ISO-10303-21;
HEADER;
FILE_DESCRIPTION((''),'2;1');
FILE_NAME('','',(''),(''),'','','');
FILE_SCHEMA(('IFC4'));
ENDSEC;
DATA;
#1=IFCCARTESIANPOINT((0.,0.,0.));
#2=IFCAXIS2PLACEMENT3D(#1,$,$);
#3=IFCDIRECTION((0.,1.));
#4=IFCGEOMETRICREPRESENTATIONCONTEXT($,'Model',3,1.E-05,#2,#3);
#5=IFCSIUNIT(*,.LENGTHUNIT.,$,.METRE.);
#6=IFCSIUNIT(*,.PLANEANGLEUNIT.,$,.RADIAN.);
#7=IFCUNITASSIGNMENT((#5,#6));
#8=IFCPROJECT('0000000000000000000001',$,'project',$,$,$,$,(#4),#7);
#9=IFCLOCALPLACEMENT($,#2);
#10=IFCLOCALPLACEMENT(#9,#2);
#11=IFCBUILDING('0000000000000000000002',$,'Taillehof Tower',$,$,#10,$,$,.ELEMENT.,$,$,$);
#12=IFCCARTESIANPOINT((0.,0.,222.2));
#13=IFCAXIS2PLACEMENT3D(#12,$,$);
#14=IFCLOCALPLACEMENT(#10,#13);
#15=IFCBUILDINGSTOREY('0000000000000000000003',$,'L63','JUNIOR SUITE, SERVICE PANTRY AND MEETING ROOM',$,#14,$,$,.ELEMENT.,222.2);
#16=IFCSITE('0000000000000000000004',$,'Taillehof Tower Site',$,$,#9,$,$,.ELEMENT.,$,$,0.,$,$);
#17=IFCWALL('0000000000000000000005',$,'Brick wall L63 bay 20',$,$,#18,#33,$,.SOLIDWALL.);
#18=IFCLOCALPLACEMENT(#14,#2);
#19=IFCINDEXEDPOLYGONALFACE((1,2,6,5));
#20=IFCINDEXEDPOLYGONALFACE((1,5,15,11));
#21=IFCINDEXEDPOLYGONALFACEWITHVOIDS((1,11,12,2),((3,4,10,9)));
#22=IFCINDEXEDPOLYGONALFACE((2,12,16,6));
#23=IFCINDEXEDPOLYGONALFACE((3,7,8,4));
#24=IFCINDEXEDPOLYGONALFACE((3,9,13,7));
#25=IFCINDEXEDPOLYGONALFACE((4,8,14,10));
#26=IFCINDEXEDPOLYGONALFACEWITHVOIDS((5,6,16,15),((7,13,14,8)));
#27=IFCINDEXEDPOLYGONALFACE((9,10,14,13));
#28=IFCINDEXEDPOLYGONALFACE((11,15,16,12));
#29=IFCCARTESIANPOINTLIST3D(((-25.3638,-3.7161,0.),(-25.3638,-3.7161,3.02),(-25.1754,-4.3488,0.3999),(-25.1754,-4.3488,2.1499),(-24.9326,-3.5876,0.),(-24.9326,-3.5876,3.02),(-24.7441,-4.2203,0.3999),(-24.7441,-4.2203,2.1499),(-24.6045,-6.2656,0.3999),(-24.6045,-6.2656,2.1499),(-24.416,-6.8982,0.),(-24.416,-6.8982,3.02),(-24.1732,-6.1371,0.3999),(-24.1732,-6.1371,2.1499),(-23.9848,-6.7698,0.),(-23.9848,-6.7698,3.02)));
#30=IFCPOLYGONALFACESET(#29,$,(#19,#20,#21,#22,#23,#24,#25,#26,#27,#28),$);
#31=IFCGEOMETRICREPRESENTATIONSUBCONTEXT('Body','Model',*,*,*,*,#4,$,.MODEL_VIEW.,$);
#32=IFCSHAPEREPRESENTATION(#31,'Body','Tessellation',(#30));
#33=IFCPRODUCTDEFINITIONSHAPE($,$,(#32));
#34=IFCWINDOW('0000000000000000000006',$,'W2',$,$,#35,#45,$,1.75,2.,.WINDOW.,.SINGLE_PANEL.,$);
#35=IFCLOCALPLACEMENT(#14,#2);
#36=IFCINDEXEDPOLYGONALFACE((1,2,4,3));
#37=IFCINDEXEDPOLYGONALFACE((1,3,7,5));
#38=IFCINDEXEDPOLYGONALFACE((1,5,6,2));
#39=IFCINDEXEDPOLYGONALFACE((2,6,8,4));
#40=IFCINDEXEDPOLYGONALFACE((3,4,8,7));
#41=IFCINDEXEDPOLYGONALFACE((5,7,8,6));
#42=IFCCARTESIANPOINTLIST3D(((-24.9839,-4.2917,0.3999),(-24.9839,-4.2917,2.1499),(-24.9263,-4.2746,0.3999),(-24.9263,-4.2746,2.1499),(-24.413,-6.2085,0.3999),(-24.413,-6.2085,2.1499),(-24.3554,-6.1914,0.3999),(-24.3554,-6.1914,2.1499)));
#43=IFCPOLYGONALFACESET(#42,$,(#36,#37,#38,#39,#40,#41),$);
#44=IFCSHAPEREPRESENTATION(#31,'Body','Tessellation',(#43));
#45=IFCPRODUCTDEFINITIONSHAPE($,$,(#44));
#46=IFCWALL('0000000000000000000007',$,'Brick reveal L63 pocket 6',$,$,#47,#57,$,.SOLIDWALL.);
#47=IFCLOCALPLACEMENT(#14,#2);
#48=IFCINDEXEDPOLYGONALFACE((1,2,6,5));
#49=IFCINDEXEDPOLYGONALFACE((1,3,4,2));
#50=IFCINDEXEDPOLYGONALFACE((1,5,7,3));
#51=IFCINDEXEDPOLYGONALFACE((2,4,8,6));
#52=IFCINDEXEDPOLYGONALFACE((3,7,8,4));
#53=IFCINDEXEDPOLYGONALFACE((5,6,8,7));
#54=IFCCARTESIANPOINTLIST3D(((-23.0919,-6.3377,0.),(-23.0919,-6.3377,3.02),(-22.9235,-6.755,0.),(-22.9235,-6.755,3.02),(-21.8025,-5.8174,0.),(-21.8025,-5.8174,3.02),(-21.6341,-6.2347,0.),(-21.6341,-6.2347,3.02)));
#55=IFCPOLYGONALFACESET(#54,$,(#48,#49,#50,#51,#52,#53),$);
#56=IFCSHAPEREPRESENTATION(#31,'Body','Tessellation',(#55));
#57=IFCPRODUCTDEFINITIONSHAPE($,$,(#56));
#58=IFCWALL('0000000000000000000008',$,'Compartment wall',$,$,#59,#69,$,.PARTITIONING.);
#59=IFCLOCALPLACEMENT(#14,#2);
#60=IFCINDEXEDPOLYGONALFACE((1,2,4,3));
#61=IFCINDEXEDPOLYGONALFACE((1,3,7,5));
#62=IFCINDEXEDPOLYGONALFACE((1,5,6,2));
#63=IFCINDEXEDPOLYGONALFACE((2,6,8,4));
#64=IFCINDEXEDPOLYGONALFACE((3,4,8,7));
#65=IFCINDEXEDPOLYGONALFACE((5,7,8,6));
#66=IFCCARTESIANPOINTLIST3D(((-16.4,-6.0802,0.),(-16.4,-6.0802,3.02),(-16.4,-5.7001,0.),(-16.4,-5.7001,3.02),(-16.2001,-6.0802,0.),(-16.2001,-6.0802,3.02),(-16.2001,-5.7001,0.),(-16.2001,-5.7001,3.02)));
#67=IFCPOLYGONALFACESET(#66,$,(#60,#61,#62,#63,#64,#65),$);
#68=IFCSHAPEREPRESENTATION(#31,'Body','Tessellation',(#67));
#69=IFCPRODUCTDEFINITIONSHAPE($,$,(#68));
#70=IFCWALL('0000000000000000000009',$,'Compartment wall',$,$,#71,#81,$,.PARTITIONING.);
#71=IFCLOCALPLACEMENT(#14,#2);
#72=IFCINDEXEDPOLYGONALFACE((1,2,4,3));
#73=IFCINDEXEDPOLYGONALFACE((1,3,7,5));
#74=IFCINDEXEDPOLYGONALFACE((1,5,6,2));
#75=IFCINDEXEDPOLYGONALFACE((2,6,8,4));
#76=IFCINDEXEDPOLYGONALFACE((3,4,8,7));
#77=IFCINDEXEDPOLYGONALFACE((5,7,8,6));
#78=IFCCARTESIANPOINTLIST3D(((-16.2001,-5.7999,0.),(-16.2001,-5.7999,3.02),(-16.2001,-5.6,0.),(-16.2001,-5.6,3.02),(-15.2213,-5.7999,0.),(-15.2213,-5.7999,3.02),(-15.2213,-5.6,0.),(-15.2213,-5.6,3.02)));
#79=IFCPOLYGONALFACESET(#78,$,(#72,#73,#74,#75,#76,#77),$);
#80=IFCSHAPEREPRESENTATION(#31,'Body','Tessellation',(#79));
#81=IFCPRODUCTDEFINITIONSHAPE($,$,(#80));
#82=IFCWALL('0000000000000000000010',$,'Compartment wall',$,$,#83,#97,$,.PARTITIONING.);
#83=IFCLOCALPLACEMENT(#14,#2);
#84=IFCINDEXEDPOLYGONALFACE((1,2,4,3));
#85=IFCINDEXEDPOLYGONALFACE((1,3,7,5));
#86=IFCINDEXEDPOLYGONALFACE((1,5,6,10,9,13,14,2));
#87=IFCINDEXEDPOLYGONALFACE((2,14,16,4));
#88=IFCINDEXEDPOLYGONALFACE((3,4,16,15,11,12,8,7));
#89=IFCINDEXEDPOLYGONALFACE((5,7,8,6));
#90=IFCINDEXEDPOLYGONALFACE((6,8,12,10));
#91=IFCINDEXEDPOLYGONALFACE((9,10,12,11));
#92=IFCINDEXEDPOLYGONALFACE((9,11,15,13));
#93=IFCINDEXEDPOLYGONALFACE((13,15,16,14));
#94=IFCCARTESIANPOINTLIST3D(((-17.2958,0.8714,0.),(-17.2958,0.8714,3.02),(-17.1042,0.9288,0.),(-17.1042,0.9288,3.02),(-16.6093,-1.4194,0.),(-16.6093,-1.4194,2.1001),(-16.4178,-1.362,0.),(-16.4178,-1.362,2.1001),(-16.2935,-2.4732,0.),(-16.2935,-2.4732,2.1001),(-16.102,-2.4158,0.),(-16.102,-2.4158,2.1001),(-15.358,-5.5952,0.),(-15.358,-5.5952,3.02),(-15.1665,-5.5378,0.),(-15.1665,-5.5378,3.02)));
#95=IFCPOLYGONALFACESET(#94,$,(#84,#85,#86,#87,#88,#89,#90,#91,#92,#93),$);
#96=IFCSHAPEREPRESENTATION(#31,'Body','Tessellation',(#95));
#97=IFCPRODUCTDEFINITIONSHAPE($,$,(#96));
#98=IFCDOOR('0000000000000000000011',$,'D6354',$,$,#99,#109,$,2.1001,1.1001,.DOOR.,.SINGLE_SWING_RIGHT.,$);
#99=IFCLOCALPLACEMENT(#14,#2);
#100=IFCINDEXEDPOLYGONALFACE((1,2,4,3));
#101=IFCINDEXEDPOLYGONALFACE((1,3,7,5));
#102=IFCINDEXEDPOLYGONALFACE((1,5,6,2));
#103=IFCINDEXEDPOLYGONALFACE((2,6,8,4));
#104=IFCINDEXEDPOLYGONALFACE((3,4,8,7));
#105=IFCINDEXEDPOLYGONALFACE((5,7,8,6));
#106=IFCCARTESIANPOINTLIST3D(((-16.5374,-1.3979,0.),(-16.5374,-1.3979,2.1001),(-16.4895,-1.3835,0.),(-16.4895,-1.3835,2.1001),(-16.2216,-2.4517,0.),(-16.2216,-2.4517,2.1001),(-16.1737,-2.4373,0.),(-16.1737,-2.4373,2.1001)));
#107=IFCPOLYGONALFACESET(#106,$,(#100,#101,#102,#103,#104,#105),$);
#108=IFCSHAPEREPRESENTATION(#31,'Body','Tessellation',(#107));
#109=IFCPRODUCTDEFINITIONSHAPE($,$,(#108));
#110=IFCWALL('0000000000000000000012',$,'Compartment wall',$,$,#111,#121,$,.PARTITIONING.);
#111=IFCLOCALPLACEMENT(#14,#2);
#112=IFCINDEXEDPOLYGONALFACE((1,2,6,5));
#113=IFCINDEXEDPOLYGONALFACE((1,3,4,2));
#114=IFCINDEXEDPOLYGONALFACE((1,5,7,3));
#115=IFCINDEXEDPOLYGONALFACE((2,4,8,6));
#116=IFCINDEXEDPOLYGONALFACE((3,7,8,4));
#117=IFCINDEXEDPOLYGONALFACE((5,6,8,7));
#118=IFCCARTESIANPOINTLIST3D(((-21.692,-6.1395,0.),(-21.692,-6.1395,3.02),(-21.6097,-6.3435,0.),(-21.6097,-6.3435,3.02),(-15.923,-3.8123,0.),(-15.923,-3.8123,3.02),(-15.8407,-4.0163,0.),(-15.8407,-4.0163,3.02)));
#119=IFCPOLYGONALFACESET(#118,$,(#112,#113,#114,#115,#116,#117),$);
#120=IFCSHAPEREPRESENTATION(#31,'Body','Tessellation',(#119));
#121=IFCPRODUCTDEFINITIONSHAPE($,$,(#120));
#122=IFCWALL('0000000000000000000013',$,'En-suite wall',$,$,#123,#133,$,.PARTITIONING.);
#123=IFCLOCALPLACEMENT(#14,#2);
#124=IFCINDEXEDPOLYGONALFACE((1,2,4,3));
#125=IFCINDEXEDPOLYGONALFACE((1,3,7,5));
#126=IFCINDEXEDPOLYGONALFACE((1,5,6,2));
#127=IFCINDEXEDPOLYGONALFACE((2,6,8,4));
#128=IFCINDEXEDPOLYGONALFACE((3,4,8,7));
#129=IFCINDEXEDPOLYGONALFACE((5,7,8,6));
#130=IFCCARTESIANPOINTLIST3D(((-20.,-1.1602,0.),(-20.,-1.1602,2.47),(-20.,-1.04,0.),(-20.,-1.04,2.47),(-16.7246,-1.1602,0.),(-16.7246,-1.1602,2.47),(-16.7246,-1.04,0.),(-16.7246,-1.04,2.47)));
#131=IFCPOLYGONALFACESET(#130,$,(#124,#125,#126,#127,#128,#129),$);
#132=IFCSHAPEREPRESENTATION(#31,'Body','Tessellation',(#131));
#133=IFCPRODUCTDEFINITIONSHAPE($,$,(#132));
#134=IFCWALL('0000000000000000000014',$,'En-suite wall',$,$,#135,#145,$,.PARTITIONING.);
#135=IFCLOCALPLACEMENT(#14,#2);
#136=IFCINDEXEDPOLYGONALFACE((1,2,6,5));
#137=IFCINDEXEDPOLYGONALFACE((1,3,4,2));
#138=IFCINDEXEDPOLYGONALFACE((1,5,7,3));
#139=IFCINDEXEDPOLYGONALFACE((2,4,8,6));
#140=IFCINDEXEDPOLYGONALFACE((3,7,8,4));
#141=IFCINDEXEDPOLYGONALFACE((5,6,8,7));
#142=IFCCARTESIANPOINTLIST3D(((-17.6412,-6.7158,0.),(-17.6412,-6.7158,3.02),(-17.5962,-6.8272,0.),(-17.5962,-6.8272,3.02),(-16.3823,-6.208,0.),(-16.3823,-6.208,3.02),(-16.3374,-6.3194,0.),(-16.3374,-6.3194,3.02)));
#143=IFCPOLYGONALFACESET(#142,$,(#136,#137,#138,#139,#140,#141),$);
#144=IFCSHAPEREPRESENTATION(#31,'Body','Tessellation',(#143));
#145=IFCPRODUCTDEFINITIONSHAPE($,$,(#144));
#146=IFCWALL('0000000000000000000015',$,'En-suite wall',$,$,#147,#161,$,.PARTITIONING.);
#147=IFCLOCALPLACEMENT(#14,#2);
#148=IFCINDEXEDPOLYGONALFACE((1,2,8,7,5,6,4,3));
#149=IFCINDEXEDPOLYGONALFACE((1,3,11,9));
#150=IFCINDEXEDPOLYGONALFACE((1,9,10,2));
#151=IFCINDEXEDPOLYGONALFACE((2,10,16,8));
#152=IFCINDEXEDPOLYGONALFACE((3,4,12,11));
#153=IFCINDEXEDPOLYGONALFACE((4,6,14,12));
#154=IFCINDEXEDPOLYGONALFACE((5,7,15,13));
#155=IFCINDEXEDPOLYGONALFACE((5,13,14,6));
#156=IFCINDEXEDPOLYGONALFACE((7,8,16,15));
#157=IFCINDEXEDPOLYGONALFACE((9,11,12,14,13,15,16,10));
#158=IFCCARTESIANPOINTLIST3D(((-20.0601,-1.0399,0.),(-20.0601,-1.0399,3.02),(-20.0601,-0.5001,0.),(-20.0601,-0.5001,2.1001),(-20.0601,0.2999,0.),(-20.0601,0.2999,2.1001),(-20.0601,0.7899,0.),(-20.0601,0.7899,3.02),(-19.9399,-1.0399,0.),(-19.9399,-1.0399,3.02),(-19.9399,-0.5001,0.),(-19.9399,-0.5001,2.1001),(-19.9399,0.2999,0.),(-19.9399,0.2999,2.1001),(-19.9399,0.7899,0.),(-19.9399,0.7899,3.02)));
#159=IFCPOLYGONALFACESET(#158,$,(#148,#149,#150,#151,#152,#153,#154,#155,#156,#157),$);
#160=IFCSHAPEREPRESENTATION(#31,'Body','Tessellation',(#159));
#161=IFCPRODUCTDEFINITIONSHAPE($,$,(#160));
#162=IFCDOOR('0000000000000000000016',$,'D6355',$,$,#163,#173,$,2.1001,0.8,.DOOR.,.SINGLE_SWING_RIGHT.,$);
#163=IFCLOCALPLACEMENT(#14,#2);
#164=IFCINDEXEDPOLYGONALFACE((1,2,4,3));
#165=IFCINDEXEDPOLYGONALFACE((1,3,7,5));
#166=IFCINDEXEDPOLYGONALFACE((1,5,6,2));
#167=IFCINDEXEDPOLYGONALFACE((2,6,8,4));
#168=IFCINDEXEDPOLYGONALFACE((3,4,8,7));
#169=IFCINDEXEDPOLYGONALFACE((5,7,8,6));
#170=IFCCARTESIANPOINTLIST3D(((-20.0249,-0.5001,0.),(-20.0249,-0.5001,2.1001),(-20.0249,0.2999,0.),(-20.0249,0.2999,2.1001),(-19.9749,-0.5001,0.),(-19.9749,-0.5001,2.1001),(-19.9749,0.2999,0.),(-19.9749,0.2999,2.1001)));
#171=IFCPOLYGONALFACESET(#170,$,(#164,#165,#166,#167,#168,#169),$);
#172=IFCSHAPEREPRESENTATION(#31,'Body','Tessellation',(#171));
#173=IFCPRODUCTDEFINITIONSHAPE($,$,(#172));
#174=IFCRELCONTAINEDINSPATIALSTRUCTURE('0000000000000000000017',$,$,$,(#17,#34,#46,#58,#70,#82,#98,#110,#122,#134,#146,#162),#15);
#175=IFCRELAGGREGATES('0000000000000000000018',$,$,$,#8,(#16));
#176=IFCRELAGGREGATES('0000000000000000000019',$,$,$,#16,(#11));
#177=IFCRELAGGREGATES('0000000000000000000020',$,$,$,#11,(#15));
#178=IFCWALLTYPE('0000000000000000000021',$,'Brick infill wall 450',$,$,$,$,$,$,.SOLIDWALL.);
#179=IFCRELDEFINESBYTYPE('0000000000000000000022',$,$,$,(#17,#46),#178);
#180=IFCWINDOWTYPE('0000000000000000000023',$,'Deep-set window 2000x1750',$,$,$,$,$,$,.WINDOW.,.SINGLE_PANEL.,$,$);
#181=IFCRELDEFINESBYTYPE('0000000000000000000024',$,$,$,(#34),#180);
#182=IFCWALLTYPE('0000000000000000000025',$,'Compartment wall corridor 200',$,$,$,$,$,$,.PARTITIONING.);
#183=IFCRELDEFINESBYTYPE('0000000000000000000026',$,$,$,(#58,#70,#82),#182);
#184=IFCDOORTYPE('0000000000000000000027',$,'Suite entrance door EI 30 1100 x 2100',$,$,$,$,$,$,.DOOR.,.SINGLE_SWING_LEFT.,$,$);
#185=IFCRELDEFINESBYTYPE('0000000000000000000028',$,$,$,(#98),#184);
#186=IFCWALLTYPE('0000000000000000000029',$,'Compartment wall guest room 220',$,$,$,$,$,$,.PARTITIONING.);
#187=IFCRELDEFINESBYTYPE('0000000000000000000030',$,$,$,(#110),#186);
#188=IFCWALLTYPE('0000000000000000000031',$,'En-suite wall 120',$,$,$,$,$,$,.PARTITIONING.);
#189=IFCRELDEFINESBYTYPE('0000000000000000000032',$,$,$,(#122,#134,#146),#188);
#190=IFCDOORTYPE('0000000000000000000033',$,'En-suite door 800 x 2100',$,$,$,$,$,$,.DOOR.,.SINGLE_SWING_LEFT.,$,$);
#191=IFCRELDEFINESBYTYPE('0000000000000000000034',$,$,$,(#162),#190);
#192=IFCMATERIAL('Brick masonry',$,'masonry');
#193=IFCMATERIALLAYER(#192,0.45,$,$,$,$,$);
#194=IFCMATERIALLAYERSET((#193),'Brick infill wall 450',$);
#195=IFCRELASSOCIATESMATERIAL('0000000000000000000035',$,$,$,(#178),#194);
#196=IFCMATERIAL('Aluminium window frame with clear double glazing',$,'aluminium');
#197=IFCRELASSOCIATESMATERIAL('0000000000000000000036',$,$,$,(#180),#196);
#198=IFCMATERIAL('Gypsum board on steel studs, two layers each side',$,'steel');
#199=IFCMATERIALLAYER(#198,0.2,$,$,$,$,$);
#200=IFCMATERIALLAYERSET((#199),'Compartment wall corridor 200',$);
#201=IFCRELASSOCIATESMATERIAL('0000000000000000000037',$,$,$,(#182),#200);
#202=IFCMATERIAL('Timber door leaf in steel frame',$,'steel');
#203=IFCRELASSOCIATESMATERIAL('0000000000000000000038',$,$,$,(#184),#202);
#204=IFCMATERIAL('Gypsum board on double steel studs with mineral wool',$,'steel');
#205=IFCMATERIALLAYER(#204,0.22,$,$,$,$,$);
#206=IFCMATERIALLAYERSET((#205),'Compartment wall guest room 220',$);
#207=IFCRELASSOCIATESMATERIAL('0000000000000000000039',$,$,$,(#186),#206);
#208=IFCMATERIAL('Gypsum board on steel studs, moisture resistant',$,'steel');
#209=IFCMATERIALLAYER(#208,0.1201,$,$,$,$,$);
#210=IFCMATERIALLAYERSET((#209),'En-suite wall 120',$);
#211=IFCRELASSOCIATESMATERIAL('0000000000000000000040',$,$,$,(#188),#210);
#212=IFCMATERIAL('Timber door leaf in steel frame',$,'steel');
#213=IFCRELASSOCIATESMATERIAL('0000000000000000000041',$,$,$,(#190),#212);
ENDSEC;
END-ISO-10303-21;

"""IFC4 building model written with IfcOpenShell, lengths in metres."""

from ifc_helpers import new_model, si_unit, direction, frame, frame_2d, origin, place, context, subcontext, project, spatial, rectangle, extrude, material, layer, layer_set, type_object, element, fill, save


model = new_model("IFC4")

# Units and contexts
model_context = context("Model", 3, precision=1e-05, world=origin(), true_north=direction((0.0, 1.0)))
body_context = subcontext(model_context, "Body", "Model", "MODEL_VIEW")
ifc_project = project(units=[si_unit("LENGTHUNIT", "METRE"), si_unit("PLANEANGLEUNIT", "RADIAN")], contexts=[model_context])

# Site, building, storey
site_placement = place(None, origin())
site = spatial("IfcSite", under=ifc_project, at=site_placement, Name="Taillehof Tower Site", CompositionType="ELEMENT", RefElevation=0.0)
building_placement = place(site_placement, origin())
building = spatial("IfcBuilding", under=site, at=building_placement, Name="Taillehof Tower", CompositionType="ELEMENT")
storey_placement = place(building_placement, frame((0.0, 0.0, 222.2)))
storey = spatial("IfcBuildingStorey", under=building, at=storey_placement, Name="L63", Description="JUNIOR SUITE, SERVICE PANTRY AND MEETING ROOM", CompositionType="ELEMENT", Elevation=222.2)

# Wall, opening, window
ifc_material_1 = material(Name="Brick masonry", Category="masonry")
ifc_layer_1 = layer(ifc_material_1, 0.45)
ifc_layer_set_1 = layer_set([ifc_layer_1], Name="Brick infill wall 450")
wall_type_1 = type_object("IfcWallType", Name="Brick infill wall 450", PredefinedType="SOLIDWALL", material=ifc_layer_set_1)
ifc_material_2 = material(Name="Aluminium window frame with clear double glazing", Category="aluminium")
window_type_1 = type_object("IfcWindowType", Name="Deep-set window 2000x1750", PartitioningType="SINGLE_PANEL", PredefinedType="WINDOW", material=ifc_material_2)
wall_1_placement = place(storey_placement, frame((-25.1482, -3.6519, 0.0), z_axis=(0.0, 0.0, 1.0), x_axis=(0.285445, -0.958395, 0.0)))
wall_1 = element("IfcWall", 1, at=wall_1_placement, inside=storey, type_object=wall_type_1, Name="Brick wall L63 bay 20", PredefinedType="SOLIDWALL", context=body_context, shape_type="SweptSolid", body=[
    extrude(rectangle(XDim=3.3203, YDim=0.45, at=frame_2d((1.6602, 0.0))), origin(), (0.0, 0.0, 1.0), 3.02),
])
opening_1_placement = place(wall_1_placement, frame((0.6602, 0.0, 0.3999)))
opening_1 = element("IfcOpeningElement", 2, at=opening_1_placement, cuts=wall_1, PredefinedType="OPENING", context=body_context, shape_type="SweptSolid", body=[
    extrude(rectangle(XDim=2.0, YDim=1.75, at=frame_2d((1.0, 0.875))), frame((0.0, 0.2349, 0.0), z_axis=(0.0, -1.0, 0.0), x_axis=(1.0, 0.0, 0.0)), (0.0, 0.0, 1.0), 0.47),
])
window_1_placement = place(opening_1_placement, origin())
window_1 = element("IfcWindow", 3, at=window_1_placement, inside=storey, type_object=window_type_1, Name="W2", OverallHeight=1.75, OverallWidth=2.0, PartitioningType="SINGLE_PANEL", PredefinedType="WINDOW", context=body_context, shape_type="SweptSolid", body=[
    extrude(rectangle(XDim=2.0, YDim=1.75, at=frame_2d((1.0, 0.875))), frame((0.0, 0.0349, 0.0), z_axis=(0.0, -1.0, 0.0), x_axis=(1.0, 0.0, 0.0)), (0.0, 0.0, 1.0), 0.0601),
])
fill(opening_1, window_1)

# Wall
wall_2_placement = place(storey_placement, frame((-23.0078, -6.5464, 0.0), z_axis=(0.0, 0.0, 1.0), x_axis=(0.927346, 0.374205, 0.0)))
element("IfcWall", 4, at=wall_2_placement, inside=storey, type_object=wall_type_1, Name="Brick reveal L63 pocket 6", PredefinedType="SOLIDWALL", context=body_context, shape_type="SweptSolid", body=[
    extrude(rectangle(XDim=1.3904, YDim=0.45, at=frame_2d((0.6953, 0.0))), origin(), (0.0, 0.0, 1.0), 3.02),
])

# Walls
ifc_material_3 = material(Name="Gypsum board on steel studs, two layers each side", Category="steel")
ifc_layer_2 = layer(ifc_material_3, 0.2)
ifc_layer_set_2 = layer_set([ifc_layer_2], Name="Compartment wall corridor 200")
wall_type_2 = type_object("IfcWallType", Name="Compartment wall corridor 200", PredefinedType="PARTITIONING", material=ifc_layer_set_2)
wall_3_placement = place(storey_placement, frame((-16.3, -6.0801, 0.0), z_axis=(0.0, 0.0, 1.0), x_axis=(0.0, 1.0, 0.0)))
element("IfcWall", 5, at=wall_3_placement, inside=storey, type_object=wall_type_2, Name="Compartment wall", PredefinedType="PARTITIONING", context=body_context, shape_type="SweptSolid", body=[
    extrude(rectangle(XDim=0.3801, YDim=0.2, at=frame_2d((0.1899, 0.0))), origin(), (0.0, 0.0, 1.0), 3.02),
])
wall_4_placement = place(storey_placement, frame((-16.2, -5.7, 0.0), z_axis=(0.0, 0.0, 1.0), x_axis=(1.0, 0.0, 0.0)))
element("IfcWall", 6, at=wall_4_placement, inside=storey, type_object=wall_type_2, Name="Compartment wall", PredefinedType="PARTITIONING", context=body_context, shape_type="SweptSolid", body=[
    extrude(rectangle(XDim=0.9788, YDim=0.2, at=frame_2d((0.4893, 0.0))), origin(), (0.0, 0.0, 1.0), 3.02),
])

# Wall, opening, door
wall_5_placement = place(storey_placement, frame((-15.2622, -5.5667, 0.0), z_axis=(0.0, 0.0, 1.0), x_axis=(-0.287046, 0.957917, 0.0)))
wall_5 = element("IfcWall", 7, at=wall_5_placement, inside=storey, type_object=wall_type_2, Name="Compartment wall", PredefinedType="PARTITIONING", context=body_context, shape_type="SweptSolid", body=[
    extrude(rectangle(XDim=6.7507, YDim=0.2, at=frame_2d((3.3755, 0.0))), origin(), (0.0, 0.0, 1.0), 3.02),
])
opening_2_placement = place(wall_5_placement, frame((3.2593, 0.0, 0.0)))
opening_2 = element("IfcOpeningElement", 8, at=opening_2_placement, cuts=wall_5, PredefinedType="OPENING", context=body_context, shape_type="SweptSolid", body=[
    extrude(rectangle(XDim=1.1001, YDim=2.1001, at=frame_2d((0.55, 1.05))), frame((0.0, 0.1099, 0.0), z_axis=(0.0, -1.0, 0.0), x_axis=(1.0, 0.0, 0.0)), (0.0, 0.0, 1.0), 0.22),
])
ifc_material_4 = material(Name="Timber door leaf in steel frame", Category="steel")
door_type_1 = type_object("IfcDoorType", Name="Suite entrance door EI 30 1100 x 2100", OperationType="SINGLE_SWING_LEFT", PredefinedType="DOOR", material=ifc_material_4)
door_1_placement = place(opening_2_placement, origin())
door_1 = element("IfcDoor", 9, at=door_1_placement, inside=storey, type_object=door_type_1, Name="D6354", OperationType="SINGLE_SWING_RIGHT", OverallHeight=2.1001, OverallWidth=1.1001, PredefinedType="DOOR", context=body_context, shape_type="SweptSolid", body=[
    extrude(rectangle(XDim=1.1001, YDim=2.1001, at=frame_2d((0.55, 1.05))), frame((0.0, 0.0249, 0.0), z_axis=(0.0, -1.0, 0.0), x_axis=(1.0, 0.0, 0.0)), (0.0, 0.0, 1.0), 0.05),
])
fill(opening_2, door_1)

# Walls
ifc_material_5 = material(Name="Gypsum board on double steel studs with mineral wool", Category="steel")
ifc_layer_3 = layer(ifc_material_5, 0.22)
ifc_layer_set_3 = layer_set([ifc_layer_3], Name="Compartment wall guest room 220")
wall_type_3 = type_object("IfcWallType", Name="Compartment wall guest room 220", PredefinedType="PARTITIONING", material=ifc_layer_set_3)
wall_6_placement = place(storey_placement, frame((-21.6509, -6.2415, 0.0), z_axis=(0.0, 0.0, 1.0), x_axis=(0.92739, 0.374096, 0.0)))
element("IfcWall", 10, at=wall_6_placement, inside=storey, type_object=wall_type_3, Name="Compartment wall", PredefinedType="PARTITIONING", context=body_context, shape_type="SweptSolid", body=[
    extrude(rectangle(XDim=6.2207, YDim=0.22, at=frame_2d((3.1104, 0.0))), origin(), (0.0, 0.0, 1.0), 3.02),
])
ifc_material_6 = material(Name="Gypsum board on steel studs, moisture resistant", Category="steel")
ifc_layer_4 = layer(ifc_material_6, 0.1201)
ifc_layer_set_4 = layer_set([ifc_layer_4], Name="En-suite wall 120")
wall_type_4 = type_object("IfcWallType", Name="En-suite wall 120", PredefinedType="PARTITIONING", material=ifc_layer_set_4)
wall_7_placement = place(storey_placement, frame((-16.7246, -1.1001, 0.0), z_axis=(0.0, 0.0, 1.0), x_axis=(-1.0, 0.0, 0.0)))
element("IfcWall", 11, at=wall_7_placement, inside=storey, type_object=wall_type_4, Name="En-suite wall", PredefinedType="PARTITIONING", context=body_context, shape_type="SweptSolid", body=[
    extrude(rectangle(XDim=3.2754, YDim=0.1201, at=frame_2d((1.6377, 0.0))), origin(), (0.0, 0.0, 1.0), 2.47),
])
wall_8_placement = place(storey_placement, frame((-16.3599, -6.2637, 0.0), z_axis=(0.0, 0.0, 1.0), x_axis=(-0.927381, -0.374118, 0.0)))
element("IfcWall", 12, at=wall_8_placement, inside=storey, type_object=wall_type_4, Name="En-suite wall", PredefinedType="PARTITIONING", context=body_context, shape_type="SweptSolid", body=[
    extrude(rectangle(XDim=1.3574, YDim=0.1201, at=frame_2d((0.6787, 0.0))), origin(), (0.0, 0.0, 1.0), 3.02),
])

# Wall, opening, door
wall_9_placement = place(storey_placement, frame((-20.0, -1.04, 0.0), z_axis=(0.0, 0.0, 1.0), x_axis=(0.0, 1.0, 0.0)))
wall_9 = element("IfcWall", 13, at=wall_9_placement, inside=storey, type_object=wall_type_4, Name="En-suite wall", PredefinedType="PARTITIONING", context=body_context, shape_type="SweptSolid", body=[
    extrude(rectangle(XDim=1.8298, YDim=0.1201, at=frame_2d((0.915, 0.0))), origin(), (0.0, 0.0, 1.0), 3.02),
])
opening_3_placement = place(wall_9_placement, frame((0.54, 0.0, 0.0)))
opening_3 = element("IfcOpeningElement", 14, at=opening_3_placement, cuts=wall_9, PredefinedType="OPENING", context=body_context, shape_type="SweptSolid", body=[
    extrude(rectangle(XDim=0.8, YDim=2.1001, at=frame_2d((0.3999, 1.05))), frame((0.0, 0.0701, 0.0), z_axis=(0.0, -1.0, 0.0), x_axis=(1.0, 0.0, 0.0)), (0.0, 0.0, 1.0), 0.1401),
])
ifc_material_7 = material(Name="Timber door leaf in steel frame", Category="steel")
door_type_2 = type_object("IfcDoorType", Name="En-suite door 800 x 2100", OperationType="SINGLE_SWING_LEFT", PredefinedType="DOOR", material=ifc_material_7)
door_2_placement = place(opening_3_placement, origin())
door_2 = element("IfcDoor", 15, at=door_2_placement, inside=storey, type_object=door_type_2, Name="D6355", OperationType="SINGLE_SWING_RIGHT", OverallHeight=2.1001, OverallWidth=0.8, PredefinedType="DOOR", context=body_context, shape_type="SweptSolid", body=[
    extrude(rectangle(XDim=0.8, YDim=2.1001, at=frame_2d((0.3999, 1.05))), frame((0.0, 0.0249, 0.0), z_axis=(0.0, -1.0, 0.0), x_axis=(1.0, 0.0, 0.0)), (0.0, 0.0, 1.0), 0.05),
])
fill(opening_3, door_2)

save(model, "model.ifc")
